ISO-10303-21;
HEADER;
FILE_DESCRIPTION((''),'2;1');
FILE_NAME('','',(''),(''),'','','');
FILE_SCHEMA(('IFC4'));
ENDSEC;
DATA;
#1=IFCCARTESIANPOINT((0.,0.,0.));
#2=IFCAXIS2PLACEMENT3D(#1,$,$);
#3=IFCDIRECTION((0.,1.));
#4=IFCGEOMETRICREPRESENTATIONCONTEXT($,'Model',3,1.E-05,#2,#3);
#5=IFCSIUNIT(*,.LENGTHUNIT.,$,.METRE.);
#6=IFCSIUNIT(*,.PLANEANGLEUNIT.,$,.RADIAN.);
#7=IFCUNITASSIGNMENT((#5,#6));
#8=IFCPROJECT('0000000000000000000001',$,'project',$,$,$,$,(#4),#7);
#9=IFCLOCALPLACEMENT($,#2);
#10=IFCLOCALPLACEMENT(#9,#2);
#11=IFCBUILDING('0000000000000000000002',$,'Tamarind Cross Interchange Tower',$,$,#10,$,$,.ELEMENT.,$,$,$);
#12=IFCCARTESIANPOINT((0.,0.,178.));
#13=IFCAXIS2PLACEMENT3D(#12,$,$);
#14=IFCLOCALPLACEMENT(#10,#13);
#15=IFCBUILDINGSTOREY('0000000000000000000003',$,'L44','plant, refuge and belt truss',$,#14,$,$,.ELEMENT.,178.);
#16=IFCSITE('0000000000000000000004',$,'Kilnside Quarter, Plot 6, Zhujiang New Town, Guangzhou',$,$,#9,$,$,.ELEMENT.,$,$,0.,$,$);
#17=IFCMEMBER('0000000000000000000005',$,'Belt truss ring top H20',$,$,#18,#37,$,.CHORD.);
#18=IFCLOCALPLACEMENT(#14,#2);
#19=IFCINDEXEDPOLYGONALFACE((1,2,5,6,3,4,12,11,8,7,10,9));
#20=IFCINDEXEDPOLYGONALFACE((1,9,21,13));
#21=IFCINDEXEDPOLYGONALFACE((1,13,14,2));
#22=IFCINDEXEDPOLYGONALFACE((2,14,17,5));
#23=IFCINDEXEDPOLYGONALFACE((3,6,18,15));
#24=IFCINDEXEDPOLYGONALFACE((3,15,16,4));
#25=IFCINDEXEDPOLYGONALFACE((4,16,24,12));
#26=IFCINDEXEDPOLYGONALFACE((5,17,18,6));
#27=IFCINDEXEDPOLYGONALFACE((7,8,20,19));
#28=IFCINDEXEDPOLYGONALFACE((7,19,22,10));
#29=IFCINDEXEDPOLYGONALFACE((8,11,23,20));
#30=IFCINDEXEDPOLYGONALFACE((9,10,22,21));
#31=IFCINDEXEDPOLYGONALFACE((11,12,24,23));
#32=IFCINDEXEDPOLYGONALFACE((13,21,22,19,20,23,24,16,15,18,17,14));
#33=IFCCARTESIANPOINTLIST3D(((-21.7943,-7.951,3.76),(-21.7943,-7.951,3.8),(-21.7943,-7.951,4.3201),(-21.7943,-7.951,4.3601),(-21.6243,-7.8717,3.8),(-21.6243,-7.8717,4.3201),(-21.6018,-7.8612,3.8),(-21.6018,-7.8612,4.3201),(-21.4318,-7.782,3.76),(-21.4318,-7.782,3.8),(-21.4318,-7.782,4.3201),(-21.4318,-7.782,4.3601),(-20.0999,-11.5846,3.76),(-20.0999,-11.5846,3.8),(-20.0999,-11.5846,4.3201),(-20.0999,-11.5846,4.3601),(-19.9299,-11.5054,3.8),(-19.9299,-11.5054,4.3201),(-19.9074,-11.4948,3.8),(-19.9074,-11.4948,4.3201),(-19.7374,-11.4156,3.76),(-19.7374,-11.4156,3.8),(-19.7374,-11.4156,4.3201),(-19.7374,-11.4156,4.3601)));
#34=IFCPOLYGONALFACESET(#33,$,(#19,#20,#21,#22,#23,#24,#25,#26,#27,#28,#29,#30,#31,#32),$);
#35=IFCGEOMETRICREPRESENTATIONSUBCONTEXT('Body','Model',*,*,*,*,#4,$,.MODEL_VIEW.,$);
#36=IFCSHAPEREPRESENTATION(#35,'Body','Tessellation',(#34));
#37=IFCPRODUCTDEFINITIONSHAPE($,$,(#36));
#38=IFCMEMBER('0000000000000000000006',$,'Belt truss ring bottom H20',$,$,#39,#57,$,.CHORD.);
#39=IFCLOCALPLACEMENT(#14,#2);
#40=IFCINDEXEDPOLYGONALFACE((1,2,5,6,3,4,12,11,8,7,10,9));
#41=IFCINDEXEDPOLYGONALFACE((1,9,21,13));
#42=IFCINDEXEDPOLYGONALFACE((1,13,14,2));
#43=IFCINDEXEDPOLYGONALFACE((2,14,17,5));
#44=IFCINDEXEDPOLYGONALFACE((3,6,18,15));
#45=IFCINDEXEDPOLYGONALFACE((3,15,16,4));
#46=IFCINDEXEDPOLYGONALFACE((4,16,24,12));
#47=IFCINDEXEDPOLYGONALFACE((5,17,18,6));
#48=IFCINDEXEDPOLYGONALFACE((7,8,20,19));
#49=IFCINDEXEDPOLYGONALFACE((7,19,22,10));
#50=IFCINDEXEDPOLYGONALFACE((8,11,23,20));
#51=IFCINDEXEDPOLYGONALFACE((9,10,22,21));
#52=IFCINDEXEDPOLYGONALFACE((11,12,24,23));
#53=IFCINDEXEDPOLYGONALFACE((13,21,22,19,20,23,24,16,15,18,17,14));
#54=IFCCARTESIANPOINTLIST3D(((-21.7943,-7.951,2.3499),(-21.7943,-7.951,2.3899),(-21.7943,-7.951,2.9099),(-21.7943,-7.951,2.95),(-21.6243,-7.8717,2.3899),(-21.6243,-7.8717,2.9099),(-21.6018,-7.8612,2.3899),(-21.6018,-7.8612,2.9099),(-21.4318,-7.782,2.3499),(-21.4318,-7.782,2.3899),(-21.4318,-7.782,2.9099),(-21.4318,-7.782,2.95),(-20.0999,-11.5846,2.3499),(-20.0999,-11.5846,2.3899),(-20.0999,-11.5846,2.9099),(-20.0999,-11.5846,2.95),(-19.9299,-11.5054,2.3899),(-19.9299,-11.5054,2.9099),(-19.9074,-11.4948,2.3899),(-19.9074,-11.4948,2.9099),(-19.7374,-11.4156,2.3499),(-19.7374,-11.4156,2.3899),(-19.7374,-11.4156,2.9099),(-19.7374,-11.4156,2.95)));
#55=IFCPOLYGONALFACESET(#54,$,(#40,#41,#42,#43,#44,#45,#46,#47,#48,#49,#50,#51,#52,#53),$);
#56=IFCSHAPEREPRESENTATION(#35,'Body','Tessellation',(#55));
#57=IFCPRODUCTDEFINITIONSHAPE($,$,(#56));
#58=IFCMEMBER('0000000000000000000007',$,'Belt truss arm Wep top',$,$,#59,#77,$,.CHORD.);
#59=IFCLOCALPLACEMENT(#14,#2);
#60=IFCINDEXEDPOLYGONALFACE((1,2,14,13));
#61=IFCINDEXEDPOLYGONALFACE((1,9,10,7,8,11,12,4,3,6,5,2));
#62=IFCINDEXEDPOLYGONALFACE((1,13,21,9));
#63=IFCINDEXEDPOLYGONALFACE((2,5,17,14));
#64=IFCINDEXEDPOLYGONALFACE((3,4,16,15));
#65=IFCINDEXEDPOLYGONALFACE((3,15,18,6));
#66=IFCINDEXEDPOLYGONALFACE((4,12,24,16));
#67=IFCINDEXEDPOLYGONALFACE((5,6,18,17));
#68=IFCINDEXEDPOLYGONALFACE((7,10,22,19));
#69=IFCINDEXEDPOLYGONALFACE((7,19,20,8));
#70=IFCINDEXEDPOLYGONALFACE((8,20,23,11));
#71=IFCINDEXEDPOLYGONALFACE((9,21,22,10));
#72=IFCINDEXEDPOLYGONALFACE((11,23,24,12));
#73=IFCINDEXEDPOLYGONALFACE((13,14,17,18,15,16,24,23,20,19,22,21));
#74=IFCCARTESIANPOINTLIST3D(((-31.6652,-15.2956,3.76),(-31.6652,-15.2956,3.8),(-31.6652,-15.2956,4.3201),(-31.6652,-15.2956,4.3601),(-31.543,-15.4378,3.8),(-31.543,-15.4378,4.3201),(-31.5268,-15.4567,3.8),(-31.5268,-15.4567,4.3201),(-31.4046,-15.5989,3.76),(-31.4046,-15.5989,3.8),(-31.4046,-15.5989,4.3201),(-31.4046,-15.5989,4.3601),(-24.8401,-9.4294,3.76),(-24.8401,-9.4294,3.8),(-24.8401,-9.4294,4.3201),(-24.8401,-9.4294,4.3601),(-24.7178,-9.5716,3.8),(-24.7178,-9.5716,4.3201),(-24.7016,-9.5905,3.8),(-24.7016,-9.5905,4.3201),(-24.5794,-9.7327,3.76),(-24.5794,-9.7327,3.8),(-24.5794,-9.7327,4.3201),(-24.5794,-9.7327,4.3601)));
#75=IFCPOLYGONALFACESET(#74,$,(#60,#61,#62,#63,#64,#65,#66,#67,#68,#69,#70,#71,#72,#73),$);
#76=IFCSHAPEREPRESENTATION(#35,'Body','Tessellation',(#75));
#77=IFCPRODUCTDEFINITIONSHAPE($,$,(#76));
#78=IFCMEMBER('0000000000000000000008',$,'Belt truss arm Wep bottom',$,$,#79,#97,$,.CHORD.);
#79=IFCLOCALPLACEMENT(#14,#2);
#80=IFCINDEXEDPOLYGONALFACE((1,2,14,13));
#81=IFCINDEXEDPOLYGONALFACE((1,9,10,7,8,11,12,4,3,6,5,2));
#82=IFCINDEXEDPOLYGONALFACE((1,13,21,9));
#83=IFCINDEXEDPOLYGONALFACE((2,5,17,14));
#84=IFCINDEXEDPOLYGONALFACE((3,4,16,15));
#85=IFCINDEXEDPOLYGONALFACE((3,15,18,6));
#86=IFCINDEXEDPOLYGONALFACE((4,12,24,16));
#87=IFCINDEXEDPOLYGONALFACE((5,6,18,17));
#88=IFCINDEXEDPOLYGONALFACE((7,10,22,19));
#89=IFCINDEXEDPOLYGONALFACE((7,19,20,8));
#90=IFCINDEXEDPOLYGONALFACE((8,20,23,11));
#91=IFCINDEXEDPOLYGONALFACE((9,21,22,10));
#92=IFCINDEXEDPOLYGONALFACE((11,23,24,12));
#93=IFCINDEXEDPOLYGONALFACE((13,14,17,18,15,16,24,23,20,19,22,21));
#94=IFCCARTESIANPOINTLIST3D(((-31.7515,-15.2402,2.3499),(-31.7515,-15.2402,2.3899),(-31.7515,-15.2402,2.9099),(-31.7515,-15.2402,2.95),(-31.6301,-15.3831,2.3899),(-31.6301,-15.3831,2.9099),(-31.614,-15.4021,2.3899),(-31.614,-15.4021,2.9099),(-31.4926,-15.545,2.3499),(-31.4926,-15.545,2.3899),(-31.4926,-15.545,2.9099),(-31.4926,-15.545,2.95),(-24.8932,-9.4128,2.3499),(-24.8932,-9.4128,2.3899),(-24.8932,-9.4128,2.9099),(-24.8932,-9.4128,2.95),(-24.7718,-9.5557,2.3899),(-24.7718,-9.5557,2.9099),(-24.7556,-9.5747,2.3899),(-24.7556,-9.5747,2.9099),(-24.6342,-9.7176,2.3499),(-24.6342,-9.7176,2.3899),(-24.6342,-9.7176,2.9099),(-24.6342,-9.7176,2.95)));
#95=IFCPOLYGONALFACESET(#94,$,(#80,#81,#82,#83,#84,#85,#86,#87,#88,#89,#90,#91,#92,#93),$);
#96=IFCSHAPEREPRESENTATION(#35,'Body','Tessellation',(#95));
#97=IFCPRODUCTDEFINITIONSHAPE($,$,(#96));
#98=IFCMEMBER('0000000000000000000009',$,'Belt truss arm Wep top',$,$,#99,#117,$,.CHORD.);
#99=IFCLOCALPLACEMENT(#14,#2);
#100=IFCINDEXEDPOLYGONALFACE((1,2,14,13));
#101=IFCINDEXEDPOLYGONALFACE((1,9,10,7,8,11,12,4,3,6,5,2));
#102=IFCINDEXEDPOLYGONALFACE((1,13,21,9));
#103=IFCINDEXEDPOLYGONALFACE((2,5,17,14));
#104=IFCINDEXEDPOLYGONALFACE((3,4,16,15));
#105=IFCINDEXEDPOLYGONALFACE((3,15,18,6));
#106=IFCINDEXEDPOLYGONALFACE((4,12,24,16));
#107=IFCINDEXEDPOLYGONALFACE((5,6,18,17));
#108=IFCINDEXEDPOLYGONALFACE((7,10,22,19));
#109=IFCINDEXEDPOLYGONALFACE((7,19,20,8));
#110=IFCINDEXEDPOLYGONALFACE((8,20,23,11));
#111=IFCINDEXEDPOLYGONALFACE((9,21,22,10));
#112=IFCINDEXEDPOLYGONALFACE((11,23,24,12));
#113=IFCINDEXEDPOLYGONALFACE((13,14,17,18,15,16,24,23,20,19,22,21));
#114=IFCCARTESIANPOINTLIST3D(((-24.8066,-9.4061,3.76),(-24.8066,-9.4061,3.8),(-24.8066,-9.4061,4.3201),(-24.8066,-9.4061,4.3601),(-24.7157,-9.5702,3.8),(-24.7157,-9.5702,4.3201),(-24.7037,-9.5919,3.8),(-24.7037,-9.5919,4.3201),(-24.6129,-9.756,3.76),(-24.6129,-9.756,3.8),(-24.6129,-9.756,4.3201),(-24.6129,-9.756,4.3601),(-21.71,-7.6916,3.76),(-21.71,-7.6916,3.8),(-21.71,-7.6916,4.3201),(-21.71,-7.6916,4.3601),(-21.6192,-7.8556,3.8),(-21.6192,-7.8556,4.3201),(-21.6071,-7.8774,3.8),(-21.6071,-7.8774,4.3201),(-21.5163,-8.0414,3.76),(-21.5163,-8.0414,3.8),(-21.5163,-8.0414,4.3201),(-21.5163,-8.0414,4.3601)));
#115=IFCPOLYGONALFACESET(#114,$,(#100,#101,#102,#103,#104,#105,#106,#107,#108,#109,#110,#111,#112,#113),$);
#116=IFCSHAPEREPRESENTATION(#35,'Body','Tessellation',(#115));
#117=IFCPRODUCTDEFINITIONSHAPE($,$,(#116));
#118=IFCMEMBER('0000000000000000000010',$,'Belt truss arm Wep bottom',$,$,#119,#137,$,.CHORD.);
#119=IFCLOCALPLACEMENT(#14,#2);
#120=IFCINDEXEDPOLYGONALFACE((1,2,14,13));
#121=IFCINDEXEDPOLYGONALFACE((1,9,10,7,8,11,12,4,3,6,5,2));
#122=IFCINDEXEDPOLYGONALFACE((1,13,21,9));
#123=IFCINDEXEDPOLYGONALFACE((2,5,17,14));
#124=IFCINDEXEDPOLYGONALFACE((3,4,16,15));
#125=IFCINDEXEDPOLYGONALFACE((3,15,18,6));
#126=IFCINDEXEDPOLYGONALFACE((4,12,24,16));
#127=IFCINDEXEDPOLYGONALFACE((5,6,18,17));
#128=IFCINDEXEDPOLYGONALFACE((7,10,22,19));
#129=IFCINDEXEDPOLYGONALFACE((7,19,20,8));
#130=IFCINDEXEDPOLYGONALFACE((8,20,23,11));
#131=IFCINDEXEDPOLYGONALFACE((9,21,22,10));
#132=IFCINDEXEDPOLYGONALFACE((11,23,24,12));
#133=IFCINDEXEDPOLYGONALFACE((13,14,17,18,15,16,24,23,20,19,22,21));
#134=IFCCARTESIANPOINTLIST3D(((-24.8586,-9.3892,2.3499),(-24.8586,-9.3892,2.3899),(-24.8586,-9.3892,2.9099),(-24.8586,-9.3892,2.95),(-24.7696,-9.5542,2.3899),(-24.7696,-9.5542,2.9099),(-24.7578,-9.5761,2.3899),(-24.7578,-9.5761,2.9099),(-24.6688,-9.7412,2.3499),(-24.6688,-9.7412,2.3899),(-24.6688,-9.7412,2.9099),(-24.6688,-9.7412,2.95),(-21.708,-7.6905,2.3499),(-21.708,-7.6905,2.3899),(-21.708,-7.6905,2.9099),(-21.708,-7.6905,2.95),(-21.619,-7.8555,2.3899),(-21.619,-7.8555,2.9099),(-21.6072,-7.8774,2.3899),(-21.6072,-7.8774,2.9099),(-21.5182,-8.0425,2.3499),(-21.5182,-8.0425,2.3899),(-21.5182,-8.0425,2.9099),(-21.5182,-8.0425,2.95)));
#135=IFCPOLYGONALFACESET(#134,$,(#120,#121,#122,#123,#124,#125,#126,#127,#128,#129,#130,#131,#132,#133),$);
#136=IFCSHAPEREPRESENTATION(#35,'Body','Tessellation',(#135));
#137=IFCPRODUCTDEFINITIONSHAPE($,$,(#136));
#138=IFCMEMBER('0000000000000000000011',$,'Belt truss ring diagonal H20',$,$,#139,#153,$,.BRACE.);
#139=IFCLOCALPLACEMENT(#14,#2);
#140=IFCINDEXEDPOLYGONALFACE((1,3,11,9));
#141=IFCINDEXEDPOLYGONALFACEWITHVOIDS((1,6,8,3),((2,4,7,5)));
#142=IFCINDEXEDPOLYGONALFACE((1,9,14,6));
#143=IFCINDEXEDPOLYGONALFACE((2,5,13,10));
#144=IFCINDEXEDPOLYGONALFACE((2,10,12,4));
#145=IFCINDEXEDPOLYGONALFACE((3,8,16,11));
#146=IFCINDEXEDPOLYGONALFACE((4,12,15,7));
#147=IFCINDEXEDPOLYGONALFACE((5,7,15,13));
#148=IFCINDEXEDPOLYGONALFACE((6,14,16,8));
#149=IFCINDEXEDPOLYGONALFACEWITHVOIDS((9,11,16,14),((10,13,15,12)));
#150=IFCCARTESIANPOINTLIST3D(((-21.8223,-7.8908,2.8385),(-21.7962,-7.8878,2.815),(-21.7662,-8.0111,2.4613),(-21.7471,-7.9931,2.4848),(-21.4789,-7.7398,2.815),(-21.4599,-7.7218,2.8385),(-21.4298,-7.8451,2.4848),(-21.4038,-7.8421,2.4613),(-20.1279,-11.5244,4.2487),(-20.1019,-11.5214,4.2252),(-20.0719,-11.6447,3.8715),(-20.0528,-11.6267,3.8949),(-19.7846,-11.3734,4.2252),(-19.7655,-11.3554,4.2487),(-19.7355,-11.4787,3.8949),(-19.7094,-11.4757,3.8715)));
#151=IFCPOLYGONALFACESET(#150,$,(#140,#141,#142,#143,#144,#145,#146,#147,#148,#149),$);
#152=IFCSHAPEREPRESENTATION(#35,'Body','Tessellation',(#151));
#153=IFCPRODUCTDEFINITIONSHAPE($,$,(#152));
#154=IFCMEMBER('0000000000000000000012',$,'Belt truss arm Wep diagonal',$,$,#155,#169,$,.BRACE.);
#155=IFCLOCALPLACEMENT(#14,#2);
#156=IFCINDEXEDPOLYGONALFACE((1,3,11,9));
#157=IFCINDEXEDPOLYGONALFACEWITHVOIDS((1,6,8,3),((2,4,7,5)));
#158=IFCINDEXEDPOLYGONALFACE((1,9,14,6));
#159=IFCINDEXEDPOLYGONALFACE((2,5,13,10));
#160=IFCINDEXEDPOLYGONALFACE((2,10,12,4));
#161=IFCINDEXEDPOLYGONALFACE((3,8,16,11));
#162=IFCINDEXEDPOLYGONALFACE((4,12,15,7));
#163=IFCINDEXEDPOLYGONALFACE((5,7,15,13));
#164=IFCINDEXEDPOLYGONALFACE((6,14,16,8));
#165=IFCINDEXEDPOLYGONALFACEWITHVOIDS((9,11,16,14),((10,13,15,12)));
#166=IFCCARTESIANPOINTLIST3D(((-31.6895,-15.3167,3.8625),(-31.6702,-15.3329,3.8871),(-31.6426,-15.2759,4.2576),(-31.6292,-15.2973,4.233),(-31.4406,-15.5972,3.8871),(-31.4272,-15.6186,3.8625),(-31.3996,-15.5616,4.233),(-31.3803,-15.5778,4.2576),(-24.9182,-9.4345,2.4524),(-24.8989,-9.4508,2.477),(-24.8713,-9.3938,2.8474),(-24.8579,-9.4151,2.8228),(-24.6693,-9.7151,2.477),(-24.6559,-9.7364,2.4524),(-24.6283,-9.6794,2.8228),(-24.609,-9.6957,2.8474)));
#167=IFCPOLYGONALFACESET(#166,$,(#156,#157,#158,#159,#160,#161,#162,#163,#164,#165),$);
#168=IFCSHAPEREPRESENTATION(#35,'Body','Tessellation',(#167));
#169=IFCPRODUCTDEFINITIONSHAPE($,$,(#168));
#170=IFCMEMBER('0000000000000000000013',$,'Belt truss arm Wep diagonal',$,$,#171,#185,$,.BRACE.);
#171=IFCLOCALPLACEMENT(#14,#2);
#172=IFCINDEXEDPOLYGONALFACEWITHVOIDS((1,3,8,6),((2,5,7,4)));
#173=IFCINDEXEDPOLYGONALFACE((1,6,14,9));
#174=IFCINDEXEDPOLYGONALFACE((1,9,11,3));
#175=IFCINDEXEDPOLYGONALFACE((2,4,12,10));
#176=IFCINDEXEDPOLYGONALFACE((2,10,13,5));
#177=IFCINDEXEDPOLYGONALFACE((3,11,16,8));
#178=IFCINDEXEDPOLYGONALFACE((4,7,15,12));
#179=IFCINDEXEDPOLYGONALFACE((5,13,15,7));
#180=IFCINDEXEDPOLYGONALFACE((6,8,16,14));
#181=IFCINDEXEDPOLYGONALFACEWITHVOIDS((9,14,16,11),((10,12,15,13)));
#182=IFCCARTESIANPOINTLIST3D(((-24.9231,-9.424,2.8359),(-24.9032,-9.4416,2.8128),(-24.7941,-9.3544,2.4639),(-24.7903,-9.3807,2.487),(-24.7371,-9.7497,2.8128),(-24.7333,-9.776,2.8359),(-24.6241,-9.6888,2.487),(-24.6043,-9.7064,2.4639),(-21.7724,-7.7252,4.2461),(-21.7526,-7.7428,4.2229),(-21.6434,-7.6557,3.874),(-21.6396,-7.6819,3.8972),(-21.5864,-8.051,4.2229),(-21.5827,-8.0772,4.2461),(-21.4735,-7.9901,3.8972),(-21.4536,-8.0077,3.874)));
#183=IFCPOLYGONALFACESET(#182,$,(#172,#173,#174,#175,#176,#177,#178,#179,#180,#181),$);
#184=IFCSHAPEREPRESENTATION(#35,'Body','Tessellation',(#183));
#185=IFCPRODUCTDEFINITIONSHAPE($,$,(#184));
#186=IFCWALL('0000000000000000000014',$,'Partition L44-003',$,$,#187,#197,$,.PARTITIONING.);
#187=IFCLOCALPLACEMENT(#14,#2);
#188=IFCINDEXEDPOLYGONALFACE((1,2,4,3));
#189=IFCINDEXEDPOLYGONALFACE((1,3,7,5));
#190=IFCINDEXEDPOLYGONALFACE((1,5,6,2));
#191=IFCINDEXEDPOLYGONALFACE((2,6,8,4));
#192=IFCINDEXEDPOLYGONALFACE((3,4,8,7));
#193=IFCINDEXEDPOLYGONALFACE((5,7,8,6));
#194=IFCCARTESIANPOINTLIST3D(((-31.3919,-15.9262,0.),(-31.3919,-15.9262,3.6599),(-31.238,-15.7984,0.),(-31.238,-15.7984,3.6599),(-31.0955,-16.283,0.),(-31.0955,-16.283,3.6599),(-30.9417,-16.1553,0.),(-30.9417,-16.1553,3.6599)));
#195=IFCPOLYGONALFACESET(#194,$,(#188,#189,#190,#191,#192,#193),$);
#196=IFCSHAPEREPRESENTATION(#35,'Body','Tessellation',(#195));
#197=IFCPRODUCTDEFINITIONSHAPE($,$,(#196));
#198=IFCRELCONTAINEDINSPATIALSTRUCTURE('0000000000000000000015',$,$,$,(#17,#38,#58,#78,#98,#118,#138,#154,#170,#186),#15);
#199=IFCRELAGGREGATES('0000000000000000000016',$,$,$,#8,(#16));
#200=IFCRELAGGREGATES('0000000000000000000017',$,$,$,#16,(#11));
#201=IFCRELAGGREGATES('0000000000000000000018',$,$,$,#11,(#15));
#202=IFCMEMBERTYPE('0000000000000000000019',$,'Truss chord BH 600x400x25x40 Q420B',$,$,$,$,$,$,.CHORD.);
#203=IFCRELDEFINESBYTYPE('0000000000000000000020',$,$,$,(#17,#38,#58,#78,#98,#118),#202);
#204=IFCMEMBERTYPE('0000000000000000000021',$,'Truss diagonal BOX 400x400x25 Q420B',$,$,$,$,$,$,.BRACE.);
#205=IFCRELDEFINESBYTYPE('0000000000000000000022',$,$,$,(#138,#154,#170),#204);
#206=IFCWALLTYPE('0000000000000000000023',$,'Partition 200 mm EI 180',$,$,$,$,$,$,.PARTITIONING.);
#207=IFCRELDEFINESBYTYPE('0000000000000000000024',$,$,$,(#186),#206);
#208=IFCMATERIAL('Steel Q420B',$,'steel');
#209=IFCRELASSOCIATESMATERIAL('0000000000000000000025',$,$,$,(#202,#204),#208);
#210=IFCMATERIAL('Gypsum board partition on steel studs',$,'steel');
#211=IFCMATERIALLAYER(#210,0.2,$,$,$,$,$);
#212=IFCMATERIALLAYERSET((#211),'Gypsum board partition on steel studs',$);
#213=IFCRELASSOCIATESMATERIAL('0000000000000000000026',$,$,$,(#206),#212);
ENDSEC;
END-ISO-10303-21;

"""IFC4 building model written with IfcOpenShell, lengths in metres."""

from ifc_helpers import new_model, si_unit, direction, frame, frame_2d, origin, origin_2d, place, context, subcontext, project, spatial, rectangle, hollow_rectangle, i_section, extrude, material, layer, layer_set, material_profile, profile_set, type_object, element, save


model = new_model("IFC4")

# Units and contexts
model_context = context("Model", 3, precision=1e-05, world=origin(), true_north=direction((0.0, 1.0)))
body_context = subcontext(model_context, "Body", "Model", "MODEL_VIEW")
ifc_project = project(units=[si_unit("LENGTHUNIT", "METRE"), si_unit("PLANEANGLEUNIT", "RADIAN")], contexts=[model_context])

# Site, building, storey
site_placement = place(None, origin())
site = spatial("IfcSite", under=ifc_project, at=site_placement, Name="Kilnside Quarter, Plot 6, Zhujiang New Town, Guangzhou", CompositionType="ELEMENT", RefElevation=0.0)
building_placement = place(site_placement, origin())
building = spatial("IfcBuilding", under=site, at=building_placement, Name="Tamarind Cross Interchange Tower", CompositionType="ELEMENT")
storey_placement = place(building_placement, frame((0.0, 0.0, 178.0)))
storey = spatial("IfcBuildingStorey", under=building, at=storey_placement, Name="L44", Description="plant, refuge and belt truss", CompositionType="ELEMENT", Elevation=178.0)

# Members
ifc_material_1 = material(Name="Steel Q420B", Category="steel")
ifc_material_profile_1 = material_profile(ifc_material_1, i_section(OverallWidth=0.3999, OverallDepth=0.6001, WebThickness=0.0249, FlangeThickness=0.04, at=origin_2d()), Name="BH 600x400x25x40")
ifc_profile_set_1 = profile_set([ifc_material_profile_1], Name="Steel Q420B")
member_type_1 = type_object("IfcMemberType", Name="Truss chord BH 600x400x25x40 Q420B", PredefinedType="CHORD", material=ifc_profile_set_1)
for number, where, z_axis, x_axis, name in (
    (1, (-21.613, -7.8665, 4.0601), (0.422615, -0.906309, 0.0), (0.906309, 0.422615, 0.0), "Belt truss ring top H20"),
    (2, (-21.613, -7.8665, 2.6499), (0.422615, -0.906309, 0.0), (0.906309, 0.422615, 0.0), "Belt truss ring bottom H20"),
):
    element("IfcMember", number, at=place(storey_placement, frame(where, z_axis=z_axis, x_axis=x_axis)), inside=storey, type_object=member_type_1, Name=name, PredefinedType="CHORD", context=body_context, shape_type="SweptSolid", body=[
        extrude(i_section(OverallWidth=0.3999, OverallDepth=0.6001, WebThickness=0.0249, FlangeThickness=0.04, at=origin_2d()), origin(), (0.0, 0.0, 1.0), 4.0093),
    ])
for number, where, z_axis, x_axis, name in (
    (3, (-31.5349, -15.4473, 4.0601), (0.758375, 0.651818, 0.0), (-0.651818, 0.758375, 0.0), "Belt truss arm Wep top"),
    (4, (-31.6221, -15.3926, 2.6499), (0.762062, 0.647504, 0.0), (-0.647504, 0.762062, 0.0), "Belt truss arm Wep bottom"),
):
    element("IfcMember", number, at=place(storey_placement, frame(where, z_axis=z_axis, x_axis=x_axis)), inside=storey, type_object=member_type_1, Name=name, PredefinedType="CHORD", context=body_context, shape_type="SweptSolid", body=[
        extrude(i_section(OverallWidth=0.3999, OverallDepth=0.6001, WebThickness=0.0249, FlangeThickness=0.04, at=origin_2d()), origin(), (0.0, 0.0, 1.0), 8.9998),
    ])
member_1_placement = place(storey_placement, frame((-24.7097, -9.5811, 4.0601), z_axis=(0.874849, 0.484395, 0.0), x_axis=(-0.484395, 0.874849, 0.0)))
element("IfcMember", 5, at=member_1_placement, inside=storey, type_object=member_type_1, Name="Belt truss arm Wep top", PredefinedType="CHORD", context=body_context, shape_type="SweptSolid", body=[
    extrude(i_section(OverallWidth=0.3999, OverallDepth=0.6001, WebThickness=0.0249, FlangeThickness=0.04, at=origin_2d()), origin(), (0.0, 0.0, 1.0), 3.5396),
])
member_2_placement = place(storey_placement, frame((-24.7637, -9.5652, 2.6499), z_axis=(0.88021, 0.474584, 0.0), x_axis=(-0.474584, 0.88021, 0.0)))
element("IfcMember", 6, at=member_2_placement, inside=storey, type_object=member_type_1, Name="Belt truss arm Wep bottom", PredefinedType="CHORD", context=body_context, shape_type="SweptSolid", body=[
    extrude(i_section(OverallWidth=0.3999, OverallDepth=0.6001, WebThickness=0.0249, FlangeThickness=0.04, at=origin_2d()), origin(), (0.0, 0.0, 1.0), 3.5793),
])
ifc_material_profile_2 = material_profile(ifc_material_1, hollow_rectangle(XDim=0.3999, YDim=0.3999, WallThickness=0.0249, at=origin_2d()), Name="BOX 400x400x25")
ifc_profile_set_2 = profile_set([ifc_material_profile_2], Name="Steel Q420B")
member_type_2 = type_object("IfcMemberType", Name="Truss diagonal BOX 400x400x25 Q420B", PredefinedType="BRACE", material=ifc_profile_set_2)
member_3_placement = place(storey_placement, frame((-21.613, -7.8665, 2.6499), z_axis=(0.398673, -0.854964, 0.331806), x_axis=(0.906309, 0.422615, 0.0)))
element("IfcMember", 7, at=member_3_placement, inside=storey, type_object=member_type_2, Name="Belt truss ring diagonal H20", PredefinedType="BRACE", context=body_context, shape_type="SweptSolid", body=[
    extrude(hollow_rectangle(XDim=0.3999, YDim=0.3999, WallThickness=0.0249, at=origin_2d()), origin(), (0.0, 0.0, 1.0), 4.25),
])
member_4_placement = place(storey_placement, frame((-31.5349, -15.4473, 4.0601), z_axis=(0.745773, 0.647843, -0.155312), x_axis=(-0.655801, 0.754934, 0.0)))
element("IfcMember", 8, at=member_4_placement, inside=storey, type_object=member_type_2, Name="Belt truss arm Wep diagonal", PredefinedType="BRACE", context=body_context, shape_type="SweptSolid", body=[
    extrude(hollow_rectangle(XDim=0.3999, YDim=0.3999, WallThickness=0.0249, at=origin_2d()), origin(), (0.0, 0.0, 1.0), 9.0796),
])
member_5_placement = place(storey_placement, frame((-24.7637, -9.5652, 2.6499), z_axis=(0.818948, 0.441553, 0.366544), x_axis=(-0.474584, 0.88021, 0.0)))
element("IfcMember", 9, at=member_5_placement, inside=storey, type_object=member_type_2, Name="Belt truss arm Wep diagonal", PredefinedType="BRACE", context=body_context, shape_type="SweptSolid", body=[
    extrude(hollow_rectangle(XDim=0.3999, YDim=0.3999, WallThickness=0.0249, at=origin_2d()), origin(), (0.0, 0.0, 1.0), 3.8472),
])

# Wall
ifc_material_2 = material(Name="Gypsum board partition on steel studs", Category="steel")
ifc_layer_1 = layer(ifc_material_2, 0.2)
ifc_layer_set_1 = layer_set([ifc_layer_1], Name="Gypsum board partition on steel studs")
wall_type_1 = type_object("IfcWallType", Name="Partition 200 mm EI 180", PredefinedType="PARTITIONING", material=ifc_layer_set_1)
wall_1_placement = place(storey_placement, frame((-31.3149, -15.8623, 0.0), z_axis=(0.0, 0.0, 1.0), x_axis=(0.638838, -0.769342, 0.0)))
element("IfcWall", 10, at=wall_1_placement, inside=storey, type_object=wall_type_1, Name="Partition L44-003", PredefinedType="PARTITIONING", context=body_context, shape_type="SweptSolid", body=[
    extrude(rectangle(XDim=0.4639, YDim=0.2, at=frame_2d((0.2319, 0.0))), origin(), (0.0, 0.0, 1.0), 3.6599),
])

save(model, "model.ifc")
